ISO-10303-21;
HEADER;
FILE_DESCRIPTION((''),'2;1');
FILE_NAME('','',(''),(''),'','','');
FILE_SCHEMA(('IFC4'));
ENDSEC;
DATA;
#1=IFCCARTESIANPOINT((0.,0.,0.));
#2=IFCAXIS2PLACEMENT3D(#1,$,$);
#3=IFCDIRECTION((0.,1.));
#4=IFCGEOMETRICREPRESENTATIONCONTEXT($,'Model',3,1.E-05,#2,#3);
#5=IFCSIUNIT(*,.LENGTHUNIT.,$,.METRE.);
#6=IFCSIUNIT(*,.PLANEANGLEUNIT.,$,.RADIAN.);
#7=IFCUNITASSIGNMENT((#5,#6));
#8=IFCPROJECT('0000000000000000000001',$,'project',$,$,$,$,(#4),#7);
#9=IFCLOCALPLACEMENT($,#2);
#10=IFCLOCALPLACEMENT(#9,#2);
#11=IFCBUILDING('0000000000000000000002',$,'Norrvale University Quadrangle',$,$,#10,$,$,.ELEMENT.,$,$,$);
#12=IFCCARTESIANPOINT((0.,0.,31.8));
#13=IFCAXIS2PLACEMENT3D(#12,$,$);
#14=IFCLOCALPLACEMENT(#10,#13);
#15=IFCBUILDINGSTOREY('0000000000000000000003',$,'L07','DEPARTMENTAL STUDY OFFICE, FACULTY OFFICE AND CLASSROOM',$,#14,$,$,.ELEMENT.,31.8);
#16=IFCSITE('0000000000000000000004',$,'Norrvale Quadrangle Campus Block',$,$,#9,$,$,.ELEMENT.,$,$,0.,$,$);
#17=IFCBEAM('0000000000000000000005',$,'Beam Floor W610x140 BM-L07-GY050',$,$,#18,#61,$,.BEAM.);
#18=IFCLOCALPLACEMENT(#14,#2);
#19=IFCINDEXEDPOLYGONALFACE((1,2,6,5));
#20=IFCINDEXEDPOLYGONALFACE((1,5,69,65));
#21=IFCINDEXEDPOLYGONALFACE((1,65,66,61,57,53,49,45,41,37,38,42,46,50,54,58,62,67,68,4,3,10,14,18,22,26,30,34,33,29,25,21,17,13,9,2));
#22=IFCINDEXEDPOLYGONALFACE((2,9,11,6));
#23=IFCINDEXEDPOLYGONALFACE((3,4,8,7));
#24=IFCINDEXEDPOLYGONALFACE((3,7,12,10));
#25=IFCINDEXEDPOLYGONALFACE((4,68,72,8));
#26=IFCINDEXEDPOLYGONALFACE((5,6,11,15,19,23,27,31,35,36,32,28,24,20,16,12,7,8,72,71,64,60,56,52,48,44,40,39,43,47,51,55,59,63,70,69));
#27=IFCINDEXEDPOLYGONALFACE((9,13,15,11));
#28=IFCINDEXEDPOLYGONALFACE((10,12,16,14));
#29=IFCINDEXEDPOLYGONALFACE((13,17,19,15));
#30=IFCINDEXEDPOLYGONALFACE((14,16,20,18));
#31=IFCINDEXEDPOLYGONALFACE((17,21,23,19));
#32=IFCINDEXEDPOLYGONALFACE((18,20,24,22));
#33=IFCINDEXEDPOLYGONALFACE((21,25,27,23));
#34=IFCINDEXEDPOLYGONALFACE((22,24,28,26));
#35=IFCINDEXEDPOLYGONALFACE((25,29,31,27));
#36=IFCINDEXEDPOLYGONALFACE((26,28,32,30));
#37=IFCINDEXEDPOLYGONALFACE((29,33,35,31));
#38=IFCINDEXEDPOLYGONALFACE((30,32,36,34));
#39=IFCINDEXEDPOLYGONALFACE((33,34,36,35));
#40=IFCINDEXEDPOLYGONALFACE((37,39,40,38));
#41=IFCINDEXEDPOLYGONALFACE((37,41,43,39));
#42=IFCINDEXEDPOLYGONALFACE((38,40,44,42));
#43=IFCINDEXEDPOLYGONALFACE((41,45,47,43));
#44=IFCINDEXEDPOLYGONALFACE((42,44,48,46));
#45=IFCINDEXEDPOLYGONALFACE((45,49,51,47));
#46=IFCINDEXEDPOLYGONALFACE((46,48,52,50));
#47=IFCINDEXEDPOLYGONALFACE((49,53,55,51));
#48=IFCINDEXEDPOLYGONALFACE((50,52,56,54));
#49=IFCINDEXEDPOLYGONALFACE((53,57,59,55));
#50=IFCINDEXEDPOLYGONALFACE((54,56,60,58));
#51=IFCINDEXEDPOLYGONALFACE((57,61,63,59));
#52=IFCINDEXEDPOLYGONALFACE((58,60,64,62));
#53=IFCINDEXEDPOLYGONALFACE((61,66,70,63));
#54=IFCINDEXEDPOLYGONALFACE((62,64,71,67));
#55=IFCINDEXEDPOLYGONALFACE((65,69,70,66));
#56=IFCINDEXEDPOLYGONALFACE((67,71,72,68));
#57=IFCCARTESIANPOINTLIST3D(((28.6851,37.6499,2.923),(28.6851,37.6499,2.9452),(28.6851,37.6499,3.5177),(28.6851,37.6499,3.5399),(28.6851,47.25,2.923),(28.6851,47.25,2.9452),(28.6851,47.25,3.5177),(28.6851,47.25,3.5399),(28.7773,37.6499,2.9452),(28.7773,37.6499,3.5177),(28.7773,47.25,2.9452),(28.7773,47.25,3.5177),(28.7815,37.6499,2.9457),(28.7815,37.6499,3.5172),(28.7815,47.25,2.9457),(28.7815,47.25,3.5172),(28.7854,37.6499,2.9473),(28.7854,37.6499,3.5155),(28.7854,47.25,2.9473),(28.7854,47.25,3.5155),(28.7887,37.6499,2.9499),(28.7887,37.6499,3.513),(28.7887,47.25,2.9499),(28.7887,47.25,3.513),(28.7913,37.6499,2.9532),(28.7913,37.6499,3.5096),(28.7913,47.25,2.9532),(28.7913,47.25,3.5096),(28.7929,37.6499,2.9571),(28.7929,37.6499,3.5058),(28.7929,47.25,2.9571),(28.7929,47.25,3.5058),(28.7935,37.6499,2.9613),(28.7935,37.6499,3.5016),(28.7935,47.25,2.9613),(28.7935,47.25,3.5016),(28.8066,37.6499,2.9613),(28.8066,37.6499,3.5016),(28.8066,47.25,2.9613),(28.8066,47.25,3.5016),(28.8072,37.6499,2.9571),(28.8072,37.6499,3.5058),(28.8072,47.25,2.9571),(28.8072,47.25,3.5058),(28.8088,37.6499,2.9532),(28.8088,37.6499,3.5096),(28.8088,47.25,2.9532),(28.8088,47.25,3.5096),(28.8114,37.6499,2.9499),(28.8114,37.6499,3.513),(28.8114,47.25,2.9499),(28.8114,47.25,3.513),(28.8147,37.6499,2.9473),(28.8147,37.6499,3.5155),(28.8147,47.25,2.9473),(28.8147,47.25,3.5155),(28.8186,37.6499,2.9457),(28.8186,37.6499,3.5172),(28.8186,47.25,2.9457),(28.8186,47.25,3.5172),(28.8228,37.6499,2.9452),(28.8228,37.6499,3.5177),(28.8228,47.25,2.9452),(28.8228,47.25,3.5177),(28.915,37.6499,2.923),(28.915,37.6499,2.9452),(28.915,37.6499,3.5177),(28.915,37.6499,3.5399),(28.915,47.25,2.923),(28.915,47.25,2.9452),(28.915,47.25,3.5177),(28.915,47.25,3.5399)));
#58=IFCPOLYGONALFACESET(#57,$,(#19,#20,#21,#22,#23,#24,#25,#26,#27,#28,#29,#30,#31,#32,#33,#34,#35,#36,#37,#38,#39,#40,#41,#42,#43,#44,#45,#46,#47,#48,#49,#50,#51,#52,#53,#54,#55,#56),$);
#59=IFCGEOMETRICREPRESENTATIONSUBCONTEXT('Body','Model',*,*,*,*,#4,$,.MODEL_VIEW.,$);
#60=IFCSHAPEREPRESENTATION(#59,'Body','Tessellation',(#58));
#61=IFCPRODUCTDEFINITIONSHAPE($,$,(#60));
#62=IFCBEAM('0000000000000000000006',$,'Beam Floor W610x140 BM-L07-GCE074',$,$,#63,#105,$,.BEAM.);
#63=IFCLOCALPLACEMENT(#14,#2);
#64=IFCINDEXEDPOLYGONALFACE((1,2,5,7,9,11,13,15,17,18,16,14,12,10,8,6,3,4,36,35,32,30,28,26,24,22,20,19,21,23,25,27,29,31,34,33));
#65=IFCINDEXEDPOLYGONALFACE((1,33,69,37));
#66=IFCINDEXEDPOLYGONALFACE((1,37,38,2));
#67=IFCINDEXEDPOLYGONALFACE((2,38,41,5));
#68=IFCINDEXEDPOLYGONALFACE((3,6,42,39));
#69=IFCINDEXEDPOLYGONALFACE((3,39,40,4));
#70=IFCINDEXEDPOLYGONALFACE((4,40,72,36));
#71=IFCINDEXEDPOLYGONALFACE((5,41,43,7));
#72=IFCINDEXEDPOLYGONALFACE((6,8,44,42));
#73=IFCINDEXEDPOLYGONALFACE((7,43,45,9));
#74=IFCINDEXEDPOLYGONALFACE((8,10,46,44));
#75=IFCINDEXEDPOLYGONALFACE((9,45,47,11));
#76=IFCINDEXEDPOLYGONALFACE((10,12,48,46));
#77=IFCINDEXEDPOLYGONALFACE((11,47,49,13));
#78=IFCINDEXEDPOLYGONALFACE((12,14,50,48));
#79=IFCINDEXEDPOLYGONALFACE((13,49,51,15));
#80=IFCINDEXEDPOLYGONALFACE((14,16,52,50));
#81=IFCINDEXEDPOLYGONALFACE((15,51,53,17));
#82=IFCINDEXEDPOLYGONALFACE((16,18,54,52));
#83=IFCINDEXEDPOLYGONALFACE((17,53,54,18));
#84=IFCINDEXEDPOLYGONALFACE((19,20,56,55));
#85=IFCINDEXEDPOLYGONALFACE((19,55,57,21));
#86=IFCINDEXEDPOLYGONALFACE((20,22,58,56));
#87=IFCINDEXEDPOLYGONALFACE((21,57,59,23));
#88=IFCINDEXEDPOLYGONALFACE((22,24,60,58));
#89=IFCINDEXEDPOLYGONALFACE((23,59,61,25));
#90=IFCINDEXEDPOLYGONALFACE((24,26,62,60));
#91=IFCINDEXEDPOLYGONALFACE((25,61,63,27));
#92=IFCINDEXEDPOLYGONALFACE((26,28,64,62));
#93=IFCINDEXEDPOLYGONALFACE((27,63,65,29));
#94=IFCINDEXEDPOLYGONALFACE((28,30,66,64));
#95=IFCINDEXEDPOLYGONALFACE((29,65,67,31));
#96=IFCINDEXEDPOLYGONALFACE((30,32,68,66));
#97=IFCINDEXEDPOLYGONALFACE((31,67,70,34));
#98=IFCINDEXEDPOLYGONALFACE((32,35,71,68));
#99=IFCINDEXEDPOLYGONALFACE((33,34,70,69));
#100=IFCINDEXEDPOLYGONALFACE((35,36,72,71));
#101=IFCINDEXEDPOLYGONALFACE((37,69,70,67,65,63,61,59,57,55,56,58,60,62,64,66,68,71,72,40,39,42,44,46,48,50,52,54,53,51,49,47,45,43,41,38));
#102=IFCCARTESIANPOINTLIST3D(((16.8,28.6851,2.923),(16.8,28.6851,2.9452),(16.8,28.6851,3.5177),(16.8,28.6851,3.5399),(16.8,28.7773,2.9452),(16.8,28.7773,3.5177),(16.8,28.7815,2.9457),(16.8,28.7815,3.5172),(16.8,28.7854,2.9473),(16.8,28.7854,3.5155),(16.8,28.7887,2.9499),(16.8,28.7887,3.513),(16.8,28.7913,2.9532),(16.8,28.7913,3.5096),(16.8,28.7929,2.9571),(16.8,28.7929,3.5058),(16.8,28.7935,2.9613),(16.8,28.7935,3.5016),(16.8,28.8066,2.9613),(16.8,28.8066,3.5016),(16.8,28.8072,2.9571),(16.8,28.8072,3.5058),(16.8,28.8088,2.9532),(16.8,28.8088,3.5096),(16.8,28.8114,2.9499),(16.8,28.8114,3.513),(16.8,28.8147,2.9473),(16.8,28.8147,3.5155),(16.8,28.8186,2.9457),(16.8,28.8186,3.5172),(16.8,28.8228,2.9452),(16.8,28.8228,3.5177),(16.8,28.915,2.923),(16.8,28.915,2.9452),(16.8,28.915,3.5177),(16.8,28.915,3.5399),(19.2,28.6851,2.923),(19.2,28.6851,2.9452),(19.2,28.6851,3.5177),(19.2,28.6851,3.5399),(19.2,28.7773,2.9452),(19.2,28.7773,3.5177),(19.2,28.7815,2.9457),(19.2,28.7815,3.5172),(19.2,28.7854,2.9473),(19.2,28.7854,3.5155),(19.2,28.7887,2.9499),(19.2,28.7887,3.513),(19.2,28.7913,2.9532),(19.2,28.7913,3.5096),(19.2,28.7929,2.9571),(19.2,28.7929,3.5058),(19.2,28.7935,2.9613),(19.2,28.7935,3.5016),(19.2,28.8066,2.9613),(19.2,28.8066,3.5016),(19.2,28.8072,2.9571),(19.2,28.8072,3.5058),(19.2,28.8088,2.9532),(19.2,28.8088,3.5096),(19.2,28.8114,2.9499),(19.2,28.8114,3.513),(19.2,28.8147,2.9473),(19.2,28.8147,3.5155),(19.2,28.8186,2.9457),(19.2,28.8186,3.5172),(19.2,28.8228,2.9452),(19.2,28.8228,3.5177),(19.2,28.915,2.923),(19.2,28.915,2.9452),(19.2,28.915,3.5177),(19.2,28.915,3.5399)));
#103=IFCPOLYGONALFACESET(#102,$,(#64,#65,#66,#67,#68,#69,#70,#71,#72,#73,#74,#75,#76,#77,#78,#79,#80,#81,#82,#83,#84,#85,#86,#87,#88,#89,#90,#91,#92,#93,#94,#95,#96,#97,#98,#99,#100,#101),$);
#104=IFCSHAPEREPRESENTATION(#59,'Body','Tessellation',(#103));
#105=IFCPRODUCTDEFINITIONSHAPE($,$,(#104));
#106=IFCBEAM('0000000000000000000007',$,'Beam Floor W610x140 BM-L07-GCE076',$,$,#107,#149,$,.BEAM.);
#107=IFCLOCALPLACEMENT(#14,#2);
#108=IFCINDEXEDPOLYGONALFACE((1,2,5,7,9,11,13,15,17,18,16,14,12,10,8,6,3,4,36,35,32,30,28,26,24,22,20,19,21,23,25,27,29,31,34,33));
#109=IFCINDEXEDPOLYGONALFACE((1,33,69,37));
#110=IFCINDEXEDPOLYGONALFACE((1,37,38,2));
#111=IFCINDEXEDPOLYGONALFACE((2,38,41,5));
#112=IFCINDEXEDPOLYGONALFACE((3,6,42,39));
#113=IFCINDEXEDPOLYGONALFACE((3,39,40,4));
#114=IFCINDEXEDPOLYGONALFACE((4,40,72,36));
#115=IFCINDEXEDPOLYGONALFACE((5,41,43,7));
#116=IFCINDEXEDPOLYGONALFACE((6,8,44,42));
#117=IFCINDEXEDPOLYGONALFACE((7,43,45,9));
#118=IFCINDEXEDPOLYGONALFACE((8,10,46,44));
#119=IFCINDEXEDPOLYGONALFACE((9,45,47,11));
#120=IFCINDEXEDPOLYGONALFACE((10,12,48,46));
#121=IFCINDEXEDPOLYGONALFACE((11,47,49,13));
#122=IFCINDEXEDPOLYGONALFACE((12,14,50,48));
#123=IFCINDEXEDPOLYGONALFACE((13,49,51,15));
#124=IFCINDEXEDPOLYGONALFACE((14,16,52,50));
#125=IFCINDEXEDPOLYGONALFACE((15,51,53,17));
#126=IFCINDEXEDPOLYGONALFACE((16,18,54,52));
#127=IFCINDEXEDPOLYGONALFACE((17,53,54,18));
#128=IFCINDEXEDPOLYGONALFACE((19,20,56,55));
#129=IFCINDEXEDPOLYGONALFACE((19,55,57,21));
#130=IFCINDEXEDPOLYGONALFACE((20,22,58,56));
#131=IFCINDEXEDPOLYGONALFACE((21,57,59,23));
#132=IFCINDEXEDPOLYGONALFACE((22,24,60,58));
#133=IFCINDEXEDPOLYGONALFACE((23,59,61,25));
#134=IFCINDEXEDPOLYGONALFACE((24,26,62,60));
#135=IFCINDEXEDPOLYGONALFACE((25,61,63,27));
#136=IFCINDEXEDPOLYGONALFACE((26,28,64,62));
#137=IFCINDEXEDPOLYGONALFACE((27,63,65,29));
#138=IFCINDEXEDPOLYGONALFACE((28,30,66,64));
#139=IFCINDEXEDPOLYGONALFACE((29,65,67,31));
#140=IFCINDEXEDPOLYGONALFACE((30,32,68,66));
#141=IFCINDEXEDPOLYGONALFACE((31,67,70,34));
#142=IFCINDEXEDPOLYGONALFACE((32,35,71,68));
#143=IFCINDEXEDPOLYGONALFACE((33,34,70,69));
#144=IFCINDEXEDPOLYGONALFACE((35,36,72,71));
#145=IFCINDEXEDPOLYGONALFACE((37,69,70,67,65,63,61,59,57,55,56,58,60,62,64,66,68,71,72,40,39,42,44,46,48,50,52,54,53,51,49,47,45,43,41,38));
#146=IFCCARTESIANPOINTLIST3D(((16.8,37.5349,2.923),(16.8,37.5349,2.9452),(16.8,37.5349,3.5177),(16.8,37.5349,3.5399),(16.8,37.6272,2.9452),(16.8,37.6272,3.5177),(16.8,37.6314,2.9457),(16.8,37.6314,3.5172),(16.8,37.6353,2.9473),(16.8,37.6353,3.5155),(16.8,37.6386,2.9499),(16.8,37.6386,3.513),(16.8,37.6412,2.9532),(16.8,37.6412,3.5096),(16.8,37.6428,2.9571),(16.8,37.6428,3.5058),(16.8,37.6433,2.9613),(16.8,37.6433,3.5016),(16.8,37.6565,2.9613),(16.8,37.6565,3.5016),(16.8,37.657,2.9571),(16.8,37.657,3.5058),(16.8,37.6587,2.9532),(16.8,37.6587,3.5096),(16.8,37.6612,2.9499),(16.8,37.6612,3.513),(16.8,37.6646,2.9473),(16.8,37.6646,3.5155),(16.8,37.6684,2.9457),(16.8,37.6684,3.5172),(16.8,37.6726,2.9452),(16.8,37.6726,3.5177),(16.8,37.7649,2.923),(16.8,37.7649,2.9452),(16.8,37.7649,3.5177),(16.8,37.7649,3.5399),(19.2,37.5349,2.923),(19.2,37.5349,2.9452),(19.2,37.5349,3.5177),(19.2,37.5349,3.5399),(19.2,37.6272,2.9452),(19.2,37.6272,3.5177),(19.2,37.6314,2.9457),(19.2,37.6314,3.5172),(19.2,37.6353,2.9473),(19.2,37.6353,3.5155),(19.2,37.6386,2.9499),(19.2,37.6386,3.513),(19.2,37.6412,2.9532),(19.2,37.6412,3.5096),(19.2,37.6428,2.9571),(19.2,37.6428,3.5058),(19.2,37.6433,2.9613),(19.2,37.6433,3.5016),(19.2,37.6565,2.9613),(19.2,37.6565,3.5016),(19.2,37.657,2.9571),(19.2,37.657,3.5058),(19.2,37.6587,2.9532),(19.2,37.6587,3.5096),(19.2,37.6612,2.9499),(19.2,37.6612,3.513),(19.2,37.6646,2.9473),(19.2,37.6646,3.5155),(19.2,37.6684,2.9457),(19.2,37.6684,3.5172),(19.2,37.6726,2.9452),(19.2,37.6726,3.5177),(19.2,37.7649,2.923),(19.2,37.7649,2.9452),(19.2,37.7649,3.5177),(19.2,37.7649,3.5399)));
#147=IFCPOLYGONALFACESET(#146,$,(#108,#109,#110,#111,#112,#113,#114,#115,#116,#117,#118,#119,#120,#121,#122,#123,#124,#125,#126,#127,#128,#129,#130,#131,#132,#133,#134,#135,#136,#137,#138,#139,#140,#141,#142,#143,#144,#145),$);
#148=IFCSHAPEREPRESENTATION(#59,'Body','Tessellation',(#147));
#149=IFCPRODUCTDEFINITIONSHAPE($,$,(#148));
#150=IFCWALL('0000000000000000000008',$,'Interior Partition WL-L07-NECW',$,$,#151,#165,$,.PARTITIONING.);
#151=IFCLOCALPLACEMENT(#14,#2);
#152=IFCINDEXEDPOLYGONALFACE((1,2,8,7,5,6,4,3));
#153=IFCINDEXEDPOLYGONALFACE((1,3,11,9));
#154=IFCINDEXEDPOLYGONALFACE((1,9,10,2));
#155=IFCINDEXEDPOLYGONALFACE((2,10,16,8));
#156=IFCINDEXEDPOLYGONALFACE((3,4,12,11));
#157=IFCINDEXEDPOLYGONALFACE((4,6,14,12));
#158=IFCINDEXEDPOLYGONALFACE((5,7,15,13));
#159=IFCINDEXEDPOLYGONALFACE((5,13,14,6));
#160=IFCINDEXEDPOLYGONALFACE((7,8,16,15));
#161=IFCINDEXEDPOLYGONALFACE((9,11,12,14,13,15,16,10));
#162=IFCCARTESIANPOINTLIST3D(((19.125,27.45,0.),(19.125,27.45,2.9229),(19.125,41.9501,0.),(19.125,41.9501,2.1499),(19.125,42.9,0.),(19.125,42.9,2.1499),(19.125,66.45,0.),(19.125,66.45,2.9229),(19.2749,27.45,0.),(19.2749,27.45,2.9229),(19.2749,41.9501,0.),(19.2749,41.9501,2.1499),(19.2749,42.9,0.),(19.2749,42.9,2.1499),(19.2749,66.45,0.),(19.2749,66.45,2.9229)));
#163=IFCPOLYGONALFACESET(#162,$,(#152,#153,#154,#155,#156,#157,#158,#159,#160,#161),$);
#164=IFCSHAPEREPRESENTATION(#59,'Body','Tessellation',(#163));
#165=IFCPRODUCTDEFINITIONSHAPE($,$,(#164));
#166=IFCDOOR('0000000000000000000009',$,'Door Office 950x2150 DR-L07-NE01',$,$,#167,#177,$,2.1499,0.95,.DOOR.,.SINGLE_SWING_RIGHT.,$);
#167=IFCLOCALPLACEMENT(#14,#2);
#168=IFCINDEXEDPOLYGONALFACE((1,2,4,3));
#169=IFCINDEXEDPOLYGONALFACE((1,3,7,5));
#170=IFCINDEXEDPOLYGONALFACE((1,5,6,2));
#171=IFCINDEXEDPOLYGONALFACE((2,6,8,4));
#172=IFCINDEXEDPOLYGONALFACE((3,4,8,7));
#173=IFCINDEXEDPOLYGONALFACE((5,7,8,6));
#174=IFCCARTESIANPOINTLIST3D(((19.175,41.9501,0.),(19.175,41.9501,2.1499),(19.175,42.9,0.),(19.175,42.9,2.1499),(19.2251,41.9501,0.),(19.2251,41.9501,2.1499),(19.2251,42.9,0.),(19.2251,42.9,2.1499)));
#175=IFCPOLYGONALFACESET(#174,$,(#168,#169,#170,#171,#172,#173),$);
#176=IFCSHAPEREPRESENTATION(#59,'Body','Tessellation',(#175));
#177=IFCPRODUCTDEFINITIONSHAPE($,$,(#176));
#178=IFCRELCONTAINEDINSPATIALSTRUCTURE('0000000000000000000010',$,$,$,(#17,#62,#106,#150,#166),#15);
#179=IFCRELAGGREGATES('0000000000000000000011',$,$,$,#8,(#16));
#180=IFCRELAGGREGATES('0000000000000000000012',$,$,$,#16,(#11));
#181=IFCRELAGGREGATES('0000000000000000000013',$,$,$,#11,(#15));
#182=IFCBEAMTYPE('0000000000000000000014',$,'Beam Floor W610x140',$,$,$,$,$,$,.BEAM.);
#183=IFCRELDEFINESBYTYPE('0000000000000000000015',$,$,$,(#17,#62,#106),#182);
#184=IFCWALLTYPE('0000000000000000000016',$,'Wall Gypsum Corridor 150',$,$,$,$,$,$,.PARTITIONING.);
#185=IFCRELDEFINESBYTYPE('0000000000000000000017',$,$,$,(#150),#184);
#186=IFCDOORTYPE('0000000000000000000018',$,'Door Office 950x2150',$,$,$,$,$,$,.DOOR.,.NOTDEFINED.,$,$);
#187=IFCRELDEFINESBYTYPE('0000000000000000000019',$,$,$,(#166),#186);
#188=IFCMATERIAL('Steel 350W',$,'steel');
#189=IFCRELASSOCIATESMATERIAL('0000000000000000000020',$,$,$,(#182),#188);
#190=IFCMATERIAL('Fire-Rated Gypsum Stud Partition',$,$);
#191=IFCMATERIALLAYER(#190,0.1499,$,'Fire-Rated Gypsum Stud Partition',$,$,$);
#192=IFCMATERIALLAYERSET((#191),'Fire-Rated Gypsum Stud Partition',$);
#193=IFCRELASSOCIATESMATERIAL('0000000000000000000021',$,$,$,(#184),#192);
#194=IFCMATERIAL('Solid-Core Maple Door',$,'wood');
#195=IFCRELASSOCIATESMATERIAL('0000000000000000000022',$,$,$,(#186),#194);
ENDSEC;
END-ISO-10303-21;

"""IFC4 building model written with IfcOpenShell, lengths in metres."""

from ifc_helpers import new_model, si_unit, direction, frame, frame_2d, origin, origin_2d, place, context, subcontext, project, spatial, rectangle, i_section, extrude, material, layer, layer_set, material_profile, profile_set, type_object, element, fill, save


model = new_model("IFC4")

# Units and contexts
model_context = context("Model", 3, precision=1e-05, world=origin(), true_north=direction((0.0, 1.0)))
body_context = subcontext(model_context, "Body", "Model", "MODEL_VIEW")
ifc_project = project(units=[si_unit("LENGTHUNIT", "METRE"), si_unit("PLANEANGLEUNIT", "RADIAN")], contexts=[model_context])

# Site, building, storey
site_placement = place(None, origin())
site = spatial("IfcSite", under=ifc_project, at=site_placement, Name="Norrvale Quadrangle Campus Block", CompositionType="ELEMENT", RefElevation=0.0)
building_placement = place(site_placement, origin())
building = spatial("IfcBuilding", under=site, at=building_placement, Name="Norrvale University Quadrangle", CompositionType="ELEMENT")
storey_placement = place(building_placement, frame((0.0, 0.0, 31.8)))
storey = spatial("IfcBuildingStorey", under=building, at=storey_placement, Name="L07", Description="DEPARTMENTAL STUDY OFFICE, FACULTY OFFICE AND CLASSROOM", CompositionType="ELEMENT", Elevation=31.8)

# Beams
ifc_material_1 = material(Name="Steel 350W", Category="steel")
ifc_material_profile_1 = material_profile(ifc_material_1, i_section(OverallWidth=0.23, OverallDepth=0.6169, WebThickness=0.0132, FlangeThickness=0.0222, FilletRadius=0.0161, at=origin_2d()), Name="Steel 350W")
ifc_profile_set_1 = profile_set([ifc_material_profile_1], Name="Steel 350W")
beam_type_1 = type_object("IfcBeamType", Name="Beam Floor W610x140", PredefinedType="BEAM", material=ifc_profile_set_1)
beam_1_placement = place(storey_placement, frame((28.8, 37.6499, 3.2314), z_axis=(0.0, 1.0, 0.0), x_axis=(-1.0, 0.0, 0.0)))
element("IfcBeam", 1, at=beam_1_placement, inside=storey, type_object=beam_type_1, Name="Beam Floor W610x140 BM-L07-GY050", PredefinedType="BEAM", context=body_context, shape_type="SweptSolid", body=[
    extrude(i_section(OverallWidth=0.23, OverallDepth=0.6169, WebThickness=0.0132, FlangeThickness=0.0222, FilletRadius=0.0161, at=origin_2d()), origin(), (0.0, 0.0, 1.0), 9.6001),
])
for number, where, z_axis, x_axis, name in (
    (2, (16.8, 28.8, 3.2314), (1.0, 0.0, 0.0), (0.0, 1.0, 0.0), "Beam Floor W610x140 BM-L07-GCE074"),
    (3, (16.8, 37.6499, 3.2314), (1.0, 0.0, 0.0), (0.0, 1.0, 0.0), "Beam Floor W610x140 BM-L07-GCE076"),
):
    element("IfcBeam", number, at=place(storey_placement, frame(where, z_axis=z_axis, x_axis=x_axis)), inside=storey, type_object=beam_type_1, Name=name, PredefinedType="BEAM", context=body_context, shape_type="SweptSolid", body=[
        extrude(i_section(OverallWidth=0.23, OverallDepth=0.6169, WebThickness=0.0132, FlangeThickness=0.0222, FilletRadius=0.0161, at=origin_2d()), origin(), (0.0, 0.0, 1.0), 2.3999),
    ])

# Wall, opening, door
ifc_material_2 = material(Name="Fire-Rated Gypsum Stud Partition")
ifc_layer_1 = layer(ifc_material_2, 0.1499, Name="Fire-Rated Gypsum Stud Partition")
ifc_layer_set_1 = layer_set([ifc_layer_1], Name="Fire-Rated Gypsum Stud Partition")
wall_type_1 = type_object("IfcWallType", Name="Wall Gypsum Corridor 150", PredefinedType="PARTITIONING", material=ifc_layer_set_1)
wall_1_placement = place(storey_placement, frame((19.2, 27.45, 0.0), z_axis=(0.0, 0.0, 1.0), x_axis=(0.0, 1.0, 0.0)))
wall_1 = element("IfcWall", 4, at=wall_1_placement, inside=storey, type_object=wall_type_1, Name="Interior Partition WL-L07-NECW", PredefinedType="PARTITIONING", context=body_context, shape_type="SweptSolid", body=[
    extrude(rectangle(XDim=39.0, YDim=0.1499, at=frame_2d((19.5, 0.0))), origin(), (0.0, 0.0, 1.0), 2.9229),
])
opening_1_placement = place(wall_1_placement, frame((14.5, 0.0, 0.0)))
opening_1 = element("IfcOpeningElement", 5, at=opening_1_placement, cuts=wall_1, PredefinedType="OPENING", context=body_context, shape_type="SweptSolid", body=[
    extrude(rectangle(XDim=0.95, YDim=2.1499, at=frame_2d((0.4751, 1.075))), frame((0.0, 0.0869, 0.0), z_axis=(0.0, -1.0, 0.0), x_axis=(1.0, 0.0, 0.0)), (0.0, 0.0, 1.0), 0.1738),
])
ifc_material_3 = material(Name="Solid-Core Maple Door", Category="wood")
door_type_1 = type_object("IfcDoorType", Name="Door Office 950x2150", OperationType="NOTDEFINED", PredefinedType="DOOR", material=ifc_material_3)
door_1_placement = place(opening_1_placement, origin())
door_1 = element("IfcDoor", 6, at=door_1_placement, inside=storey, type_object=door_type_1, Name="Door Office 950x2150 DR-L07-NE01", OperationType="SINGLE_SWING_RIGHT", OverallHeight=2.1499, OverallWidth=0.95, PredefinedType="DOOR", context=body_context, shape_type="SweptSolid", body=[
    extrude(rectangle(XDim=0.95, YDim=2.1499, at=frame_2d((0.4751, 1.075))), frame((0.0, 0.0249, 0.0), z_axis=(0.0, -1.0, 0.0), x_axis=(1.0, 0.0, 0.0)), (0.0, 0.0, 1.0), 0.05),
])
fill(opening_1, door_1)

save(model, "model.ifc")
